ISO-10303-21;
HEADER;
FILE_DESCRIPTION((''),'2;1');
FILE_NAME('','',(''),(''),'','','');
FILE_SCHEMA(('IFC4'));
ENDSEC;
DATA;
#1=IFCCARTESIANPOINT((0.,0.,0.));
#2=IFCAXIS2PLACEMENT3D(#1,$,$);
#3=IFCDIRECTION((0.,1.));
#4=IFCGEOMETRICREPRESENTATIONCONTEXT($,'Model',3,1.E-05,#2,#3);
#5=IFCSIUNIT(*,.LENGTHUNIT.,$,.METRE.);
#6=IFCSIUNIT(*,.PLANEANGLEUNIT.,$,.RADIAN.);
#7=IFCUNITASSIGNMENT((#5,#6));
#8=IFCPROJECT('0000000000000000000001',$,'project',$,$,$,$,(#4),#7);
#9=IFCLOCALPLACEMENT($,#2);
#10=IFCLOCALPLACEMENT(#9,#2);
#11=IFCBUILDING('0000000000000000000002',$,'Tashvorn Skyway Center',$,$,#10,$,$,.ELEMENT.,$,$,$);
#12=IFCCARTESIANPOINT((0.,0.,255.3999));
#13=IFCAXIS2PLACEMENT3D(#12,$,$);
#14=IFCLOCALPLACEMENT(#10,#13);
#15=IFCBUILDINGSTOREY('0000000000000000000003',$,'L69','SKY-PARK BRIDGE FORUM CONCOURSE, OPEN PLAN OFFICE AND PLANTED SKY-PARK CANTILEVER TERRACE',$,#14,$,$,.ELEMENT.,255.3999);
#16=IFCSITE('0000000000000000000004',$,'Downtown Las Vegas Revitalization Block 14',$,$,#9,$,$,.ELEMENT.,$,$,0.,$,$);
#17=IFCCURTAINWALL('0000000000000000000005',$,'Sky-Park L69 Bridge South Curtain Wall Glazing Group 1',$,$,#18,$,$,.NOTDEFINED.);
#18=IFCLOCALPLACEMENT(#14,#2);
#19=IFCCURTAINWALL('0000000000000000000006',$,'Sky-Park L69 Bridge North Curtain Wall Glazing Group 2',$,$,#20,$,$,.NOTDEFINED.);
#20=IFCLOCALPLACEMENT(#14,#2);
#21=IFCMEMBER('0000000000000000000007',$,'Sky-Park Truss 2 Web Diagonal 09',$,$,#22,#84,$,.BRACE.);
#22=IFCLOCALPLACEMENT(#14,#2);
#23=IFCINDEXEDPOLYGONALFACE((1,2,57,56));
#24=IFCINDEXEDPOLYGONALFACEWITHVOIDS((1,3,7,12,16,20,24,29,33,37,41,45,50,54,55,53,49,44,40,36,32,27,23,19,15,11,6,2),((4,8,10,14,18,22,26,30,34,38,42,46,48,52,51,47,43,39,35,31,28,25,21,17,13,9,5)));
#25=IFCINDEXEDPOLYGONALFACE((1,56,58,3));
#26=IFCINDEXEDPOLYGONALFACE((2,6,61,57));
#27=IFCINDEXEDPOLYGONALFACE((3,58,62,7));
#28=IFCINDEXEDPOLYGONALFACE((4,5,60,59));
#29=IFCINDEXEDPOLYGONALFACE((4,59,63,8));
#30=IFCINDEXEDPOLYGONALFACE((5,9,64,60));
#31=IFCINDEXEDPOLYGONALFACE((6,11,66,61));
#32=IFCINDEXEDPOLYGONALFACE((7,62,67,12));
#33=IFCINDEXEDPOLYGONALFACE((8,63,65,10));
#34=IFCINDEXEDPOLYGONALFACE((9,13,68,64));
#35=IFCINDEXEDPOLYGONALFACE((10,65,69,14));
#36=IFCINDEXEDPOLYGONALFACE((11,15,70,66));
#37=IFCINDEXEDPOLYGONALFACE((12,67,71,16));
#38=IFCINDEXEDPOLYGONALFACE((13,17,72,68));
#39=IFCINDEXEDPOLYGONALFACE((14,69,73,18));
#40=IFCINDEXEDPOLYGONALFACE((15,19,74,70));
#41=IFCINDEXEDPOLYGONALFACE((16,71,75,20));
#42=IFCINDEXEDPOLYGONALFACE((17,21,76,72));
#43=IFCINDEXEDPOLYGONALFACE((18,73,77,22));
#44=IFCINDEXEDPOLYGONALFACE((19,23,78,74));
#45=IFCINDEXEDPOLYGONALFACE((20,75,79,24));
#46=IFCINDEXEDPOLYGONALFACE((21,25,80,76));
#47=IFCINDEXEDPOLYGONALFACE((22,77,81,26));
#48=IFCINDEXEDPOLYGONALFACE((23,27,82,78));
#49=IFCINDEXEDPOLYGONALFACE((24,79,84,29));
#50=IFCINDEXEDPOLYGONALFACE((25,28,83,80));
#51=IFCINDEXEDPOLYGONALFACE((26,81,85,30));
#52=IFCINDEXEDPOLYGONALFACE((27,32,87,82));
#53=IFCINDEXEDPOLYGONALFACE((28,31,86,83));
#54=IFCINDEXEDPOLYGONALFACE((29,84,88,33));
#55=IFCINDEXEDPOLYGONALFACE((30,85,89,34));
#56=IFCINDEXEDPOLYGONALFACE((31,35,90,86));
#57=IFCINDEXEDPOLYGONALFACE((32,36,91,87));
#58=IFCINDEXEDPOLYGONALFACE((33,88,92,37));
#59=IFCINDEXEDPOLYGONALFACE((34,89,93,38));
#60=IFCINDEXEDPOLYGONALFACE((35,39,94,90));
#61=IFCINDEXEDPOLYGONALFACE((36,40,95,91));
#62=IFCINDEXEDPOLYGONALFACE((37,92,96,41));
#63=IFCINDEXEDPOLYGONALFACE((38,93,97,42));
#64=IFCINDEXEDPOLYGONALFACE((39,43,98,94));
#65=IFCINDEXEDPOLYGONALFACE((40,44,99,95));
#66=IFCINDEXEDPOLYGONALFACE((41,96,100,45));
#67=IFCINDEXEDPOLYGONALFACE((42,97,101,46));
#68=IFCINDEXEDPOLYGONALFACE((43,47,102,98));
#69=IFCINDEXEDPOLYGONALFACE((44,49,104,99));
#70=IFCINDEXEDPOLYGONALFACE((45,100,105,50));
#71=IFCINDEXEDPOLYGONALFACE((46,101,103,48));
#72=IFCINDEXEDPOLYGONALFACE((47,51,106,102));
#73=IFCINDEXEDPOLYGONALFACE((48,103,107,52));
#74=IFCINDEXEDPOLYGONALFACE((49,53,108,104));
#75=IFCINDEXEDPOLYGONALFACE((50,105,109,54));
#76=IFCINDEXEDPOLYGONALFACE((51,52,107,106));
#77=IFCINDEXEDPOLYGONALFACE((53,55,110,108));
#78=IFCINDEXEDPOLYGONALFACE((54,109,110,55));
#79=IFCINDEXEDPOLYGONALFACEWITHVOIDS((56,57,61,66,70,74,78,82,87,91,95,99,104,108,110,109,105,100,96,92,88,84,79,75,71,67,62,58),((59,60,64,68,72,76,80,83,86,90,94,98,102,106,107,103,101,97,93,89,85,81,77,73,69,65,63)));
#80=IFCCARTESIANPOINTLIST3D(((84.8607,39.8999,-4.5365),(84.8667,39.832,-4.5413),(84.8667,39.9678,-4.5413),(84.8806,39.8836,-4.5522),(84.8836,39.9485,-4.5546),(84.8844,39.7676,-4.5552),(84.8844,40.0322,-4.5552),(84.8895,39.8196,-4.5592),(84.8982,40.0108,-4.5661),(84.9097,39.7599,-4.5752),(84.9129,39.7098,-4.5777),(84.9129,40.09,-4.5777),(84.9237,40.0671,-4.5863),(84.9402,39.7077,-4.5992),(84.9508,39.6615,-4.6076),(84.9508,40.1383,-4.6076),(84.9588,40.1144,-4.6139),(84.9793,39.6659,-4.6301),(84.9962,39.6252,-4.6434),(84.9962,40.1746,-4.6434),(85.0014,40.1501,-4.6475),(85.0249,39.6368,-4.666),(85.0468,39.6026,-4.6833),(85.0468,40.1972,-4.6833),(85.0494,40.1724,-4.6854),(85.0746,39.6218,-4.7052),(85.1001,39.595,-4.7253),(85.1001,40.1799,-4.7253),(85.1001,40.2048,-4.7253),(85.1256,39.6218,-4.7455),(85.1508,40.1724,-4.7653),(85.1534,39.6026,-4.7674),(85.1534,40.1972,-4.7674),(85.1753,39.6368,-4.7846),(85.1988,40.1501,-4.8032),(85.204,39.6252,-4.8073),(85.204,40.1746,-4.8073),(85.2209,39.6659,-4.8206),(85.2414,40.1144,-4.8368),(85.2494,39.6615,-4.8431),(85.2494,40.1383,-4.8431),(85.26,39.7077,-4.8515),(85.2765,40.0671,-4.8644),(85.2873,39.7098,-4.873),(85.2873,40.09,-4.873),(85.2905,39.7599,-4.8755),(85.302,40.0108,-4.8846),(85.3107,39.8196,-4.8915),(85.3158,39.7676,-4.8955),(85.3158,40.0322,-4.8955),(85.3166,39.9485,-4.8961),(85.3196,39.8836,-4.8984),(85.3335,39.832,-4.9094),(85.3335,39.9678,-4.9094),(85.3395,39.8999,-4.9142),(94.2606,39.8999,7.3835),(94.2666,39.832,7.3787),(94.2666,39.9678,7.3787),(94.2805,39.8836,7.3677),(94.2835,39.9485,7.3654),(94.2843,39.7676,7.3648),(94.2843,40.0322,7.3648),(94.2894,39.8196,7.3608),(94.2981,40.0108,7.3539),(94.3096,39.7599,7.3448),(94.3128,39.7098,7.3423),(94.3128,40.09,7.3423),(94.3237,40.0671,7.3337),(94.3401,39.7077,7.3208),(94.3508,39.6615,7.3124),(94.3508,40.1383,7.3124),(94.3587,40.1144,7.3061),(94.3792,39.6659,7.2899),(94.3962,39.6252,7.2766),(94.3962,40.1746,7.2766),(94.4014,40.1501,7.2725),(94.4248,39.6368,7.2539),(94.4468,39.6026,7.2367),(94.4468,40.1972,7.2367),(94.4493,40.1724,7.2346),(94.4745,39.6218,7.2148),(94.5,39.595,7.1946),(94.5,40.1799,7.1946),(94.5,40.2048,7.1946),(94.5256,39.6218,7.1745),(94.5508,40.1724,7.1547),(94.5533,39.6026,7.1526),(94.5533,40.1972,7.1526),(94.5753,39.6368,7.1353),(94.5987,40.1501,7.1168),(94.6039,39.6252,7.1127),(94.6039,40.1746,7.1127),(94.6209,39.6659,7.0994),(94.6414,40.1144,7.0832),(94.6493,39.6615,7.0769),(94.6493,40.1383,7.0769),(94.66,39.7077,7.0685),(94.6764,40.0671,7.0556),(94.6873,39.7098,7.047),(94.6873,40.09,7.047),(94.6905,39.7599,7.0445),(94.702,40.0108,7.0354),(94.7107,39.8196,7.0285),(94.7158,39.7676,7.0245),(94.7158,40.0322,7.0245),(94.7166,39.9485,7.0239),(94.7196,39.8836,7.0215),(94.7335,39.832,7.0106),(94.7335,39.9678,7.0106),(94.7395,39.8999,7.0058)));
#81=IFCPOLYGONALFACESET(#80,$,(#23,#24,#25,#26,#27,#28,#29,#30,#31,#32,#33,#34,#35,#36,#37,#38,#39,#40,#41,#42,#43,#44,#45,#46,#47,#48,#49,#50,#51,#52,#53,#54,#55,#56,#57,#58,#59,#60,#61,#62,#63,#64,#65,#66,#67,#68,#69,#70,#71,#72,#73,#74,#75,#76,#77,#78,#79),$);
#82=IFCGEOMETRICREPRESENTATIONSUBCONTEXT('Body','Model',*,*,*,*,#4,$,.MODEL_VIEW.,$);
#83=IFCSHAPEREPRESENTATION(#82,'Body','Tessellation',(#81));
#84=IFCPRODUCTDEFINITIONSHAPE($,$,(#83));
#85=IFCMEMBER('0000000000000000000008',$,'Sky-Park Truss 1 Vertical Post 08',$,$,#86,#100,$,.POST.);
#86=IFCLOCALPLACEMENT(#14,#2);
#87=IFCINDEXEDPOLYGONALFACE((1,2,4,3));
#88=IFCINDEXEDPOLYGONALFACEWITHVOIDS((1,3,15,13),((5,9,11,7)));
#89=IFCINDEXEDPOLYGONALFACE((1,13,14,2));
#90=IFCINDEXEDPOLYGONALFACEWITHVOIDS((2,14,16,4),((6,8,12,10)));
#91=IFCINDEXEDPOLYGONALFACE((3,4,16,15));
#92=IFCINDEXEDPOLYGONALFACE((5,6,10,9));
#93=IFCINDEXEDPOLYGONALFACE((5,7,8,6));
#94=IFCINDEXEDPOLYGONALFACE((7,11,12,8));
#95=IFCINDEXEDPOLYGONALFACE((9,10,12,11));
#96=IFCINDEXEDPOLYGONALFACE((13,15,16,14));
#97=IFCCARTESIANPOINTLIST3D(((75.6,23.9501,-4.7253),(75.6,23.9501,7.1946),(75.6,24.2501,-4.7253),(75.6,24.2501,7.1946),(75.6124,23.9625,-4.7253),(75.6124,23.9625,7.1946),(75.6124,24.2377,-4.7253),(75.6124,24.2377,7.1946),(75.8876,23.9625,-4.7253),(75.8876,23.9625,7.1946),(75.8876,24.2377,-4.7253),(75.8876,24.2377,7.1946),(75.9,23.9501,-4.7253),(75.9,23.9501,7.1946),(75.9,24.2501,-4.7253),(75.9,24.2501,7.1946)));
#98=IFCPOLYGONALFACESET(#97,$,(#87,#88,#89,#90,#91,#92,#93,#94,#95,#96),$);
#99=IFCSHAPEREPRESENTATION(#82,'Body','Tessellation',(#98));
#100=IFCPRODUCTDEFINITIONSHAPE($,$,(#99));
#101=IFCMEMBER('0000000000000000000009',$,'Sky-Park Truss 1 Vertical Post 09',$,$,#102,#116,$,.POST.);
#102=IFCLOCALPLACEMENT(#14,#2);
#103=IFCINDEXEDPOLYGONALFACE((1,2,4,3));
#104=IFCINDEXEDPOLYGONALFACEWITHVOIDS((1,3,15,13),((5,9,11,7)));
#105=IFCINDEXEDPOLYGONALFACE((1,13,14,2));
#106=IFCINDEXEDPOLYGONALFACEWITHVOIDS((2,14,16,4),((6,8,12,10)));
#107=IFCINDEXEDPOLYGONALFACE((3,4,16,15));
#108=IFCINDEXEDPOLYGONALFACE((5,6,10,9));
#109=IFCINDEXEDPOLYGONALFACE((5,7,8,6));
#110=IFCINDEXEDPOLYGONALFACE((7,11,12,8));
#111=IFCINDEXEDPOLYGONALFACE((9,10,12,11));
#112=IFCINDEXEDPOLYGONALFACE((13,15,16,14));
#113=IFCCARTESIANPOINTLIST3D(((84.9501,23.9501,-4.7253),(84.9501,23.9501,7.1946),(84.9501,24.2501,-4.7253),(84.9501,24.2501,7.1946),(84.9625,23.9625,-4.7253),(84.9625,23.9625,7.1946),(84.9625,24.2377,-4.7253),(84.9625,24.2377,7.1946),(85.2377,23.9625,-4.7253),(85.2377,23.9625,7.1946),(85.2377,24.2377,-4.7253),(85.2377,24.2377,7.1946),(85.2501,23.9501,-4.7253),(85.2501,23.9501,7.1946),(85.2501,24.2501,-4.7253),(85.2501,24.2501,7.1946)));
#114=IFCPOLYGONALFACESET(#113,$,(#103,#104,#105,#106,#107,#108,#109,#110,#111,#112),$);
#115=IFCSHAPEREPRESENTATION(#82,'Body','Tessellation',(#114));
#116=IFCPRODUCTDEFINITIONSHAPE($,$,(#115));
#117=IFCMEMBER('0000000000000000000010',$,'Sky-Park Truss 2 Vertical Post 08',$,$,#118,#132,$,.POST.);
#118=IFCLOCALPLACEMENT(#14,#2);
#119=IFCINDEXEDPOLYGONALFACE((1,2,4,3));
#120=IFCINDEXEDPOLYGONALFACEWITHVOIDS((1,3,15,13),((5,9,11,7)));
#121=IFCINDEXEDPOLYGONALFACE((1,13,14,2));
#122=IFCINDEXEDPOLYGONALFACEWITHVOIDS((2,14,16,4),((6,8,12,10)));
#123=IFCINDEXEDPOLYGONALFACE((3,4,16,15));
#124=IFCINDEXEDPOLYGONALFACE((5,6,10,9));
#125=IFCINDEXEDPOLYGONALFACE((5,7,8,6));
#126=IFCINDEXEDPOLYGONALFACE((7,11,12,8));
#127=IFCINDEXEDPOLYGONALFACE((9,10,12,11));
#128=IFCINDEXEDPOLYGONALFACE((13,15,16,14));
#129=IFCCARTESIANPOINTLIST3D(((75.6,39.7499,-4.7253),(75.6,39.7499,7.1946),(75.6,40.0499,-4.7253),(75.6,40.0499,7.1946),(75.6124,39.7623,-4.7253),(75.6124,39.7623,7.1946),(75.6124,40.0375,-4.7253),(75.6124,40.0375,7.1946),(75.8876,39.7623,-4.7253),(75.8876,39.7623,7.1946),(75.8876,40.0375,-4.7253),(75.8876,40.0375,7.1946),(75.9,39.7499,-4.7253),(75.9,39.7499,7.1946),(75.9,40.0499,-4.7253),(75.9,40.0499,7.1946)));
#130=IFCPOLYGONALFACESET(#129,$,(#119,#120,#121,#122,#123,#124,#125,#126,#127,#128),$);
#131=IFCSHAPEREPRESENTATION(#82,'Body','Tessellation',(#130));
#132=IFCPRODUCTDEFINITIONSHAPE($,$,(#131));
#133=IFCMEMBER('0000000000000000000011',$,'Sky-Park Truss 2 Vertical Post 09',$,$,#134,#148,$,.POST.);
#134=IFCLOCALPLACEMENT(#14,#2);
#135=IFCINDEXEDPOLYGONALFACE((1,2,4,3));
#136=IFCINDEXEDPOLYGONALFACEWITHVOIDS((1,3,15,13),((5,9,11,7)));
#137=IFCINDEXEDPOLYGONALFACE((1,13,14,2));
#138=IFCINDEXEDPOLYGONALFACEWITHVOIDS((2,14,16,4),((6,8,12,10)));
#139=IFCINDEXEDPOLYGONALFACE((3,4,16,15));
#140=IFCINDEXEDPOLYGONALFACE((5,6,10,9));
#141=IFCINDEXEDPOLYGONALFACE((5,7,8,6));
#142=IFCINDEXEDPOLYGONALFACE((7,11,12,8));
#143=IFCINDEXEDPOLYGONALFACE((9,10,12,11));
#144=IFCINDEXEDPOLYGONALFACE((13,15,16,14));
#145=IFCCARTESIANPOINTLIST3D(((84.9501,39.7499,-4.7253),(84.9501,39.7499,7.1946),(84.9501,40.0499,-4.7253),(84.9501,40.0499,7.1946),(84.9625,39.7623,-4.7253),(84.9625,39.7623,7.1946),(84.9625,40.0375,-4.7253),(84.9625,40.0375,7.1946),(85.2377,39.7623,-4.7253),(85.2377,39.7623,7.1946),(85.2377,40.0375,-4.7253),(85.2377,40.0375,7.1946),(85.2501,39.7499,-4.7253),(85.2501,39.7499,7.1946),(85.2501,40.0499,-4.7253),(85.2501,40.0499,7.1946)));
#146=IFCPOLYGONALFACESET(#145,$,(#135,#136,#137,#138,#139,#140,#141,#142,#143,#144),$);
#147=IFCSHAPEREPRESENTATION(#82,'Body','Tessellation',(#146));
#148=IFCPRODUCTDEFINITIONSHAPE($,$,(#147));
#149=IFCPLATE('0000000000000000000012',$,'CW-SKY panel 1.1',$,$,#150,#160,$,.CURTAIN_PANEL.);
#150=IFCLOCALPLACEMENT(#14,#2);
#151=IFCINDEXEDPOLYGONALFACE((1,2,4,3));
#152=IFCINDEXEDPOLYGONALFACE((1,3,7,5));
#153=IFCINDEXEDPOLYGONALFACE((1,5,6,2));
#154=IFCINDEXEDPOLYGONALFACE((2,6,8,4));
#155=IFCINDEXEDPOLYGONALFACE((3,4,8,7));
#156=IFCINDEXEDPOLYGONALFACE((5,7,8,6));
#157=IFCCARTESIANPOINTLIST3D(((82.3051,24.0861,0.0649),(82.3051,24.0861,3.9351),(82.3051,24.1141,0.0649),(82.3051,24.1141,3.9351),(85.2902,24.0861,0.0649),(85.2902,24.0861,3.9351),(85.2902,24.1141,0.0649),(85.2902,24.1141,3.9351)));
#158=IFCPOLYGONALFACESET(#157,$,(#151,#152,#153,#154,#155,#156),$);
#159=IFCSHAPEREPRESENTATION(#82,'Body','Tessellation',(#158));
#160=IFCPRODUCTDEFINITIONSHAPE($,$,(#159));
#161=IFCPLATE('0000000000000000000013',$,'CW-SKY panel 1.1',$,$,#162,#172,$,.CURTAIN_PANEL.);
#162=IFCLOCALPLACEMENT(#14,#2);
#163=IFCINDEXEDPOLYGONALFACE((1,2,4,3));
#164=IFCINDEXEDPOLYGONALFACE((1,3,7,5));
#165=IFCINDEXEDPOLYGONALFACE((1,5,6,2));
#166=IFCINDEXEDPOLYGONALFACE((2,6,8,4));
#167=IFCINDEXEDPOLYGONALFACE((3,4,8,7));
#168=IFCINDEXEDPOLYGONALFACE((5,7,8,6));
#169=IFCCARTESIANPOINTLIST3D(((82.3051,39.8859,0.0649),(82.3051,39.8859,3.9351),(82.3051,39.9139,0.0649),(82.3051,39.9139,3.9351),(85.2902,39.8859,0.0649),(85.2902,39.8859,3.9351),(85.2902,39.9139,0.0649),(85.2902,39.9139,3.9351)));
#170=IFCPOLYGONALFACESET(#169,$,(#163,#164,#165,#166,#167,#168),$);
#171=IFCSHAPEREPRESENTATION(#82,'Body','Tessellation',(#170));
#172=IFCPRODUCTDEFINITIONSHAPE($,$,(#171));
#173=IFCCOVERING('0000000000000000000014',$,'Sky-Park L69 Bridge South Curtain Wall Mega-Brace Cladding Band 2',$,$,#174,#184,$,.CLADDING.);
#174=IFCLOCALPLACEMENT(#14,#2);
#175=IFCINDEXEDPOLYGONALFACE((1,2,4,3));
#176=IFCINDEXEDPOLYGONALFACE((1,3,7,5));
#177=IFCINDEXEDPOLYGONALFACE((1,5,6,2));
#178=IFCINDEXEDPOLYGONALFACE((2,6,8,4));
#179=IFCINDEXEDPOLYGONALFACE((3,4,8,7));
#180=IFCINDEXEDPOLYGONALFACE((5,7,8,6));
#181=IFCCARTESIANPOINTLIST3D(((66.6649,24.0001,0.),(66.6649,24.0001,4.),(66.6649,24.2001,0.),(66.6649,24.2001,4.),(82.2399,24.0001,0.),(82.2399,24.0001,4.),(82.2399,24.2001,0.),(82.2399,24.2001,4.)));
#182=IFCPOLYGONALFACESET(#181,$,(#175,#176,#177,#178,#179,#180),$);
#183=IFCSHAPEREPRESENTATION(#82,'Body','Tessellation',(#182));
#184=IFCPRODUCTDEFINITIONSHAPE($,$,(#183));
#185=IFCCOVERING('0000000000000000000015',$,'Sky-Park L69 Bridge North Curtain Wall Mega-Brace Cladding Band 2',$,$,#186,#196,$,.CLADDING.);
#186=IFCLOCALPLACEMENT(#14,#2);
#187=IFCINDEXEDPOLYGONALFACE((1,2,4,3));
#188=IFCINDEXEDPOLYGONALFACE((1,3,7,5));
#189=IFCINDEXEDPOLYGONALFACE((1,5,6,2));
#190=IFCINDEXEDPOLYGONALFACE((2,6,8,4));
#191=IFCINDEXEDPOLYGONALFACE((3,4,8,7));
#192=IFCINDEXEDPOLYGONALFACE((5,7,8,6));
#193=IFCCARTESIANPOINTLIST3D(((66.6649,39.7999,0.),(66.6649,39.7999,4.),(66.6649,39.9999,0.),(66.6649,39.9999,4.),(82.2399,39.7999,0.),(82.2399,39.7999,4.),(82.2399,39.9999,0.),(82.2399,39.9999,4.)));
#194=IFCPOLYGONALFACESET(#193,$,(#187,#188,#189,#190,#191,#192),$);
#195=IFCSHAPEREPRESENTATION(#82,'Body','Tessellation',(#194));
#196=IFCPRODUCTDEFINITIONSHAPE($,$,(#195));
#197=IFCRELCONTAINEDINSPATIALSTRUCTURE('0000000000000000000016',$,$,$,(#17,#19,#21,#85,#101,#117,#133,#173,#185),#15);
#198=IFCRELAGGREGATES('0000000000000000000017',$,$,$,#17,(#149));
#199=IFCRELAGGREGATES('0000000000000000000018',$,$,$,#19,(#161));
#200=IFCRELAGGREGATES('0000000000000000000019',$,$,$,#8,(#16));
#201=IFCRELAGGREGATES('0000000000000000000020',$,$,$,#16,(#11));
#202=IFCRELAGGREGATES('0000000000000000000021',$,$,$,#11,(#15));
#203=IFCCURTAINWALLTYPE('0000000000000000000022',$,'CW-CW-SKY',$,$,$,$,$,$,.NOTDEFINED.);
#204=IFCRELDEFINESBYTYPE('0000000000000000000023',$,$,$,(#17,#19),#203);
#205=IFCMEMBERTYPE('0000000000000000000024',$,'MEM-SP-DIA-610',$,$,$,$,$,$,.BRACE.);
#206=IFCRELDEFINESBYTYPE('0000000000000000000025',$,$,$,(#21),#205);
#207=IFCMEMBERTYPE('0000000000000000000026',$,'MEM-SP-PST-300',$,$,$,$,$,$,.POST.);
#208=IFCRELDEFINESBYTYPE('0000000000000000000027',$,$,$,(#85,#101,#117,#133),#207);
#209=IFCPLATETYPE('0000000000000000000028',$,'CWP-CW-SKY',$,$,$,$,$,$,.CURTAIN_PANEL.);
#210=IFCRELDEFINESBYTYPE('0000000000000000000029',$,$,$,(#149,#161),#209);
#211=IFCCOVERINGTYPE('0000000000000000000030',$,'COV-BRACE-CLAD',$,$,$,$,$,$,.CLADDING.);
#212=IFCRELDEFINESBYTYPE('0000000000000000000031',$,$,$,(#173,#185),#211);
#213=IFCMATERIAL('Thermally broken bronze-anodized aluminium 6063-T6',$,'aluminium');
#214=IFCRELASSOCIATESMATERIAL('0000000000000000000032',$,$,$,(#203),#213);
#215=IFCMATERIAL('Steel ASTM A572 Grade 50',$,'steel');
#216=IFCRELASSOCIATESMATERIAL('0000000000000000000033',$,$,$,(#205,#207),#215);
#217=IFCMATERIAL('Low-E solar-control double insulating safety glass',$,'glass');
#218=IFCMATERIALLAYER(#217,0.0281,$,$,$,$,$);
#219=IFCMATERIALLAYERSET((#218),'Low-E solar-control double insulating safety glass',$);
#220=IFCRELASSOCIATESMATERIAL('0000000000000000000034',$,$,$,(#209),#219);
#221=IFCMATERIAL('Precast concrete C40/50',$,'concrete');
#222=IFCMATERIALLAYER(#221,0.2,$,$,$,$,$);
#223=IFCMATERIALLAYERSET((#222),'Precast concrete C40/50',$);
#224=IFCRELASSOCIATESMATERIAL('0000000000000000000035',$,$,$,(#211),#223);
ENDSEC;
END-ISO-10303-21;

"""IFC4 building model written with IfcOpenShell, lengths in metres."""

from ifc_helpers import new_model, si_unit, direction, frame, origin, origin_2d, place, context, subcontext, project, spatial, rectangle, hollow_rectangle, hollow_circle, extrude, material, layer, layer_set, material_profile, profile_set, type_object, element, aggregate, save


model = new_model("IFC4")

# Units and contexts
model_context = context("Model", 3, precision=1e-05, world=origin(), true_north=direction((0.0, 1.0)))
body_context = subcontext(model_context, "Body", "Model", "MODEL_VIEW")
ifc_project = project(units=[si_unit("LENGTHUNIT", "METRE"), si_unit("PLANEANGLEUNIT", "RADIAN")], contexts=[model_context])

# Site, building, storey
site_placement = place(None, origin())
site = spatial("IfcSite", under=ifc_project, at=site_placement, Name="Downtown Las Vegas Revitalization Block 14", CompositionType="ELEMENT", RefElevation=0.0)
building_placement = place(site_placement, origin())
building = spatial("IfcBuilding", under=site, at=building_placement, Name="Tashvorn Skyway Center", CompositionType="ELEMENT")
storey_placement = place(building_placement, frame((0.0, 0.0, 255.3999)))
storey = spatial("IfcBuildingStorey", under=building, at=storey_placement, Name="L69", Description="SKY-PARK BRIDGE FORUM CONCOURSE, OPEN PLAN OFFICE AND PLANTED SKY-PARK CANTILEVER TERRACE", CompositionType="ELEMENT", Elevation=255.3999)

# Curtain walls
ifc_material_1 = material(Name="Thermally broken bronze-anodized aluminium 6063-T6", Category="aluminium")
curtain_wall_type = type_object("IfcCurtainWallType", Name="CW-CW-SKY", PredefinedType="NOTDEFINED", material=ifc_material_1)
curtain_wall_1_placement = place(storey_placement, origin())
curtain_wall_1 = element("IfcCurtainWall", 1, at=curtain_wall_1_placement, inside=storey, type_object=curtain_wall_type, Name="Sky-Park L69 Bridge South Curtain Wall Glazing Group 1", PredefinedType="NOTDEFINED")
curtain_wall_2_placement = place(storey_placement, origin())
curtain_wall_2 = element("IfcCurtainWall", 2, at=curtain_wall_2_placement, inside=storey, type_object=curtain_wall_type, Name="Sky-Park L69 Bridge North Curtain Wall Glazing Group 2", PredefinedType="NOTDEFINED")

# Members
ifc_material_2 = material(Name="Steel ASTM A572 Grade 50", Category="steel")
ifc_material_profile_1 = material_profile(ifc_material_2, hollow_circle(Radius=0.3049, WallThickness=0.0249, at=origin_2d()), Name="CHS610x25")
ifc_profile_set_1 = profile_set([ifc_material_profile_1], Name="Steel ASTM A572 Grade 50")
member_type_1 = type_object("IfcMemberType", Name="MEM-SP-DIA-610", PredefinedType="BRACE", material=ifc_profile_set_1)
member_1_placement = place(storey_placement, frame((85.1001, 39.8999, -4.7253), z_axis=(0.619216, 0.0, 0.785221), x_axis=(0.0, 1.0, 0.0)))
element("IfcMember", 3, at=member_1_placement, inside=storey, type_object=member_type_1, Name="Sky-Park Truss 2 Web Diagonal 09", PredefinedType="BRACE", context=body_context, shape_type="SweptSolid", body=[
    extrude(hollow_circle(Radius=0.3049, WallThickness=0.0249, at=origin_2d()), origin(), (0.0, 0.0, 1.0), 15.1804),
])
ifc_material_profile_2 = material_profile(ifc_material_2, hollow_rectangle(XDim=0.3, YDim=0.3, WallThickness=0.0125, at=origin_2d()), Name="HSS300x300x12.5")
ifc_profile_set_2 = profile_set([ifc_material_profile_2], Name="Steel ASTM A572 Grade 50")
member_type_2 = type_object("IfcMemberType", Name="MEM-SP-PST-300", PredefinedType="POST", material=ifc_profile_set_2)
for number, where, z_axis, x_axis, name in (
    (4, (75.75, 24.1001, -4.7253), (0.0, 0.0, 1.0), (1.0, 0.0, 0.0), "Sky-Park Truss 1 Vertical Post 08"),
    (5, (85.1001, 24.1001, -4.7253), (0.0, 0.0, 1.0), (1.0, 0.0, 0.0), "Sky-Park Truss 1 Vertical Post 09"),
    (6, (75.75, 39.8999, -4.7253), (0.0, 0.0, 1.0), (1.0, 0.0, 0.0), "Sky-Park Truss 2 Vertical Post 08"),
    (7, (85.1001, 39.8999, -4.7253), (0.0, 0.0, 1.0), (1.0, 0.0, 0.0), "Sky-Park Truss 2 Vertical Post 09"),
):
    element("IfcMember", number, at=place(storey_placement, frame(where, z_axis=z_axis, x_axis=x_axis)), inside=storey, type_object=member_type_2, Name=name, PredefinedType="POST", context=body_context, shape_type="SweptSolid", body=[
        extrude(hollow_rectangle(XDim=0.3, YDim=0.3, WallThickness=0.0125, at=origin_2d()), origin(), (0.0, 0.0, 1.0), 11.9199),
    ])

# Plates
ifc_material_3 = material(Name="Low-E solar-control double insulating safety glass", Category="glass")
ifc_layer_1 = layer(ifc_material_3, 0.0281)
ifc_layer_set_1 = layer_set([ifc_layer_1], Name="Low-E solar-control double insulating safety glass")
plate_type = type_object("IfcPlateType", Name="CWP-CW-SKY", PredefinedType="CURTAIN_PANEL", material=ifc_layer_set_1)
plate_1_placement = place(storey_placement, frame((83.7976, 24.1001, 0.0649), z_axis=(0.0, 0.0, 1.0), x_axis=(-1.0, 0.0, 0.0)))
plate_1 = element("IfcPlate", 8, at=plate_1_placement, type_object=plate_type, Name="CW-SKY panel 1.1", PredefinedType="CURTAIN_PANEL", context=body_context, shape_type="SweptSolid", body=[
    extrude(rectangle(XDim=2.9851, YDim=0.0281, at=origin_2d()), origin(), (0.0, 0.0, 1.0), 3.8701),
])
aggregate(curtain_wall_1, [plate_1])
plate_2_placement = place(storey_placement, frame((83.7976, 39.8999, 0.0649), z_axis=(0.0, 0.0, 1.0), x_axis=(1.0, 0.0, 0.0)))
plate_2 = element("IfcPlate", 9, at=plate_2_placement, type_object=plate_type, Name="CW-SKY panel 1.1", PredefinedType="CURTAIN_PANEL", context=body_context, shape_type="SweptSolid", body=[
    extrude(rectangle(XDim=2.9851, YDim=0.0281, at=origin_2d()), origin(), (0.0, 0.0, 1.0), 3.8701),
])
aggregate(curtain_wall_2, [plate_2])

# Coverings
ifc_material_4 = material(Name="Precast concrete C40/50", Category="concrete")
ifc_layer_2 = layer(ifc_material_4, 0.2)
ifc_layer_set_2 = layer_set([ifc_layer_2], Name="Precast concrete C40/50")
covering_type = type_object("IfcCoveringType", Name="COV-BRACE-CLAD", PredefinedType="CLADDING", material=ifc_layer_set_2)
for number, where, z_axis, x_axis, name in (
    (10, (74.4524, 24.1001, 0.0), (0.0, 0.0, 1.0), (-1.0, 0.0, 0.0), "Sky-Park L69 Bridge South Curtain Wall Mega-Brace Cladding Band 2"),
    (11, (74.4524, 39.8999, 0.0), (0.0, 0.0, 1.0), (1.0, 0.0, 0.0), "Sky-Park L69 Bridge North Curtain Wall Mega-Brace Cladding Band 2"),
):
    element("IfcCovering", number, at=place(storey_placement, frame(where, z_axis=z_axis, x_axis=x_axis)), inside=storey, type_object=covering_type, Name=name, PredefinedType="CLADDING", context=body_context, shape_type="SweptSolid", body=[
        extrude(rectangle(XDim=15.575, YDim=0.2, at=origin_2d()), origin(), (0.0, 0.0, 1.0), 4.0),
    ])

save(model, "model.ifc")
